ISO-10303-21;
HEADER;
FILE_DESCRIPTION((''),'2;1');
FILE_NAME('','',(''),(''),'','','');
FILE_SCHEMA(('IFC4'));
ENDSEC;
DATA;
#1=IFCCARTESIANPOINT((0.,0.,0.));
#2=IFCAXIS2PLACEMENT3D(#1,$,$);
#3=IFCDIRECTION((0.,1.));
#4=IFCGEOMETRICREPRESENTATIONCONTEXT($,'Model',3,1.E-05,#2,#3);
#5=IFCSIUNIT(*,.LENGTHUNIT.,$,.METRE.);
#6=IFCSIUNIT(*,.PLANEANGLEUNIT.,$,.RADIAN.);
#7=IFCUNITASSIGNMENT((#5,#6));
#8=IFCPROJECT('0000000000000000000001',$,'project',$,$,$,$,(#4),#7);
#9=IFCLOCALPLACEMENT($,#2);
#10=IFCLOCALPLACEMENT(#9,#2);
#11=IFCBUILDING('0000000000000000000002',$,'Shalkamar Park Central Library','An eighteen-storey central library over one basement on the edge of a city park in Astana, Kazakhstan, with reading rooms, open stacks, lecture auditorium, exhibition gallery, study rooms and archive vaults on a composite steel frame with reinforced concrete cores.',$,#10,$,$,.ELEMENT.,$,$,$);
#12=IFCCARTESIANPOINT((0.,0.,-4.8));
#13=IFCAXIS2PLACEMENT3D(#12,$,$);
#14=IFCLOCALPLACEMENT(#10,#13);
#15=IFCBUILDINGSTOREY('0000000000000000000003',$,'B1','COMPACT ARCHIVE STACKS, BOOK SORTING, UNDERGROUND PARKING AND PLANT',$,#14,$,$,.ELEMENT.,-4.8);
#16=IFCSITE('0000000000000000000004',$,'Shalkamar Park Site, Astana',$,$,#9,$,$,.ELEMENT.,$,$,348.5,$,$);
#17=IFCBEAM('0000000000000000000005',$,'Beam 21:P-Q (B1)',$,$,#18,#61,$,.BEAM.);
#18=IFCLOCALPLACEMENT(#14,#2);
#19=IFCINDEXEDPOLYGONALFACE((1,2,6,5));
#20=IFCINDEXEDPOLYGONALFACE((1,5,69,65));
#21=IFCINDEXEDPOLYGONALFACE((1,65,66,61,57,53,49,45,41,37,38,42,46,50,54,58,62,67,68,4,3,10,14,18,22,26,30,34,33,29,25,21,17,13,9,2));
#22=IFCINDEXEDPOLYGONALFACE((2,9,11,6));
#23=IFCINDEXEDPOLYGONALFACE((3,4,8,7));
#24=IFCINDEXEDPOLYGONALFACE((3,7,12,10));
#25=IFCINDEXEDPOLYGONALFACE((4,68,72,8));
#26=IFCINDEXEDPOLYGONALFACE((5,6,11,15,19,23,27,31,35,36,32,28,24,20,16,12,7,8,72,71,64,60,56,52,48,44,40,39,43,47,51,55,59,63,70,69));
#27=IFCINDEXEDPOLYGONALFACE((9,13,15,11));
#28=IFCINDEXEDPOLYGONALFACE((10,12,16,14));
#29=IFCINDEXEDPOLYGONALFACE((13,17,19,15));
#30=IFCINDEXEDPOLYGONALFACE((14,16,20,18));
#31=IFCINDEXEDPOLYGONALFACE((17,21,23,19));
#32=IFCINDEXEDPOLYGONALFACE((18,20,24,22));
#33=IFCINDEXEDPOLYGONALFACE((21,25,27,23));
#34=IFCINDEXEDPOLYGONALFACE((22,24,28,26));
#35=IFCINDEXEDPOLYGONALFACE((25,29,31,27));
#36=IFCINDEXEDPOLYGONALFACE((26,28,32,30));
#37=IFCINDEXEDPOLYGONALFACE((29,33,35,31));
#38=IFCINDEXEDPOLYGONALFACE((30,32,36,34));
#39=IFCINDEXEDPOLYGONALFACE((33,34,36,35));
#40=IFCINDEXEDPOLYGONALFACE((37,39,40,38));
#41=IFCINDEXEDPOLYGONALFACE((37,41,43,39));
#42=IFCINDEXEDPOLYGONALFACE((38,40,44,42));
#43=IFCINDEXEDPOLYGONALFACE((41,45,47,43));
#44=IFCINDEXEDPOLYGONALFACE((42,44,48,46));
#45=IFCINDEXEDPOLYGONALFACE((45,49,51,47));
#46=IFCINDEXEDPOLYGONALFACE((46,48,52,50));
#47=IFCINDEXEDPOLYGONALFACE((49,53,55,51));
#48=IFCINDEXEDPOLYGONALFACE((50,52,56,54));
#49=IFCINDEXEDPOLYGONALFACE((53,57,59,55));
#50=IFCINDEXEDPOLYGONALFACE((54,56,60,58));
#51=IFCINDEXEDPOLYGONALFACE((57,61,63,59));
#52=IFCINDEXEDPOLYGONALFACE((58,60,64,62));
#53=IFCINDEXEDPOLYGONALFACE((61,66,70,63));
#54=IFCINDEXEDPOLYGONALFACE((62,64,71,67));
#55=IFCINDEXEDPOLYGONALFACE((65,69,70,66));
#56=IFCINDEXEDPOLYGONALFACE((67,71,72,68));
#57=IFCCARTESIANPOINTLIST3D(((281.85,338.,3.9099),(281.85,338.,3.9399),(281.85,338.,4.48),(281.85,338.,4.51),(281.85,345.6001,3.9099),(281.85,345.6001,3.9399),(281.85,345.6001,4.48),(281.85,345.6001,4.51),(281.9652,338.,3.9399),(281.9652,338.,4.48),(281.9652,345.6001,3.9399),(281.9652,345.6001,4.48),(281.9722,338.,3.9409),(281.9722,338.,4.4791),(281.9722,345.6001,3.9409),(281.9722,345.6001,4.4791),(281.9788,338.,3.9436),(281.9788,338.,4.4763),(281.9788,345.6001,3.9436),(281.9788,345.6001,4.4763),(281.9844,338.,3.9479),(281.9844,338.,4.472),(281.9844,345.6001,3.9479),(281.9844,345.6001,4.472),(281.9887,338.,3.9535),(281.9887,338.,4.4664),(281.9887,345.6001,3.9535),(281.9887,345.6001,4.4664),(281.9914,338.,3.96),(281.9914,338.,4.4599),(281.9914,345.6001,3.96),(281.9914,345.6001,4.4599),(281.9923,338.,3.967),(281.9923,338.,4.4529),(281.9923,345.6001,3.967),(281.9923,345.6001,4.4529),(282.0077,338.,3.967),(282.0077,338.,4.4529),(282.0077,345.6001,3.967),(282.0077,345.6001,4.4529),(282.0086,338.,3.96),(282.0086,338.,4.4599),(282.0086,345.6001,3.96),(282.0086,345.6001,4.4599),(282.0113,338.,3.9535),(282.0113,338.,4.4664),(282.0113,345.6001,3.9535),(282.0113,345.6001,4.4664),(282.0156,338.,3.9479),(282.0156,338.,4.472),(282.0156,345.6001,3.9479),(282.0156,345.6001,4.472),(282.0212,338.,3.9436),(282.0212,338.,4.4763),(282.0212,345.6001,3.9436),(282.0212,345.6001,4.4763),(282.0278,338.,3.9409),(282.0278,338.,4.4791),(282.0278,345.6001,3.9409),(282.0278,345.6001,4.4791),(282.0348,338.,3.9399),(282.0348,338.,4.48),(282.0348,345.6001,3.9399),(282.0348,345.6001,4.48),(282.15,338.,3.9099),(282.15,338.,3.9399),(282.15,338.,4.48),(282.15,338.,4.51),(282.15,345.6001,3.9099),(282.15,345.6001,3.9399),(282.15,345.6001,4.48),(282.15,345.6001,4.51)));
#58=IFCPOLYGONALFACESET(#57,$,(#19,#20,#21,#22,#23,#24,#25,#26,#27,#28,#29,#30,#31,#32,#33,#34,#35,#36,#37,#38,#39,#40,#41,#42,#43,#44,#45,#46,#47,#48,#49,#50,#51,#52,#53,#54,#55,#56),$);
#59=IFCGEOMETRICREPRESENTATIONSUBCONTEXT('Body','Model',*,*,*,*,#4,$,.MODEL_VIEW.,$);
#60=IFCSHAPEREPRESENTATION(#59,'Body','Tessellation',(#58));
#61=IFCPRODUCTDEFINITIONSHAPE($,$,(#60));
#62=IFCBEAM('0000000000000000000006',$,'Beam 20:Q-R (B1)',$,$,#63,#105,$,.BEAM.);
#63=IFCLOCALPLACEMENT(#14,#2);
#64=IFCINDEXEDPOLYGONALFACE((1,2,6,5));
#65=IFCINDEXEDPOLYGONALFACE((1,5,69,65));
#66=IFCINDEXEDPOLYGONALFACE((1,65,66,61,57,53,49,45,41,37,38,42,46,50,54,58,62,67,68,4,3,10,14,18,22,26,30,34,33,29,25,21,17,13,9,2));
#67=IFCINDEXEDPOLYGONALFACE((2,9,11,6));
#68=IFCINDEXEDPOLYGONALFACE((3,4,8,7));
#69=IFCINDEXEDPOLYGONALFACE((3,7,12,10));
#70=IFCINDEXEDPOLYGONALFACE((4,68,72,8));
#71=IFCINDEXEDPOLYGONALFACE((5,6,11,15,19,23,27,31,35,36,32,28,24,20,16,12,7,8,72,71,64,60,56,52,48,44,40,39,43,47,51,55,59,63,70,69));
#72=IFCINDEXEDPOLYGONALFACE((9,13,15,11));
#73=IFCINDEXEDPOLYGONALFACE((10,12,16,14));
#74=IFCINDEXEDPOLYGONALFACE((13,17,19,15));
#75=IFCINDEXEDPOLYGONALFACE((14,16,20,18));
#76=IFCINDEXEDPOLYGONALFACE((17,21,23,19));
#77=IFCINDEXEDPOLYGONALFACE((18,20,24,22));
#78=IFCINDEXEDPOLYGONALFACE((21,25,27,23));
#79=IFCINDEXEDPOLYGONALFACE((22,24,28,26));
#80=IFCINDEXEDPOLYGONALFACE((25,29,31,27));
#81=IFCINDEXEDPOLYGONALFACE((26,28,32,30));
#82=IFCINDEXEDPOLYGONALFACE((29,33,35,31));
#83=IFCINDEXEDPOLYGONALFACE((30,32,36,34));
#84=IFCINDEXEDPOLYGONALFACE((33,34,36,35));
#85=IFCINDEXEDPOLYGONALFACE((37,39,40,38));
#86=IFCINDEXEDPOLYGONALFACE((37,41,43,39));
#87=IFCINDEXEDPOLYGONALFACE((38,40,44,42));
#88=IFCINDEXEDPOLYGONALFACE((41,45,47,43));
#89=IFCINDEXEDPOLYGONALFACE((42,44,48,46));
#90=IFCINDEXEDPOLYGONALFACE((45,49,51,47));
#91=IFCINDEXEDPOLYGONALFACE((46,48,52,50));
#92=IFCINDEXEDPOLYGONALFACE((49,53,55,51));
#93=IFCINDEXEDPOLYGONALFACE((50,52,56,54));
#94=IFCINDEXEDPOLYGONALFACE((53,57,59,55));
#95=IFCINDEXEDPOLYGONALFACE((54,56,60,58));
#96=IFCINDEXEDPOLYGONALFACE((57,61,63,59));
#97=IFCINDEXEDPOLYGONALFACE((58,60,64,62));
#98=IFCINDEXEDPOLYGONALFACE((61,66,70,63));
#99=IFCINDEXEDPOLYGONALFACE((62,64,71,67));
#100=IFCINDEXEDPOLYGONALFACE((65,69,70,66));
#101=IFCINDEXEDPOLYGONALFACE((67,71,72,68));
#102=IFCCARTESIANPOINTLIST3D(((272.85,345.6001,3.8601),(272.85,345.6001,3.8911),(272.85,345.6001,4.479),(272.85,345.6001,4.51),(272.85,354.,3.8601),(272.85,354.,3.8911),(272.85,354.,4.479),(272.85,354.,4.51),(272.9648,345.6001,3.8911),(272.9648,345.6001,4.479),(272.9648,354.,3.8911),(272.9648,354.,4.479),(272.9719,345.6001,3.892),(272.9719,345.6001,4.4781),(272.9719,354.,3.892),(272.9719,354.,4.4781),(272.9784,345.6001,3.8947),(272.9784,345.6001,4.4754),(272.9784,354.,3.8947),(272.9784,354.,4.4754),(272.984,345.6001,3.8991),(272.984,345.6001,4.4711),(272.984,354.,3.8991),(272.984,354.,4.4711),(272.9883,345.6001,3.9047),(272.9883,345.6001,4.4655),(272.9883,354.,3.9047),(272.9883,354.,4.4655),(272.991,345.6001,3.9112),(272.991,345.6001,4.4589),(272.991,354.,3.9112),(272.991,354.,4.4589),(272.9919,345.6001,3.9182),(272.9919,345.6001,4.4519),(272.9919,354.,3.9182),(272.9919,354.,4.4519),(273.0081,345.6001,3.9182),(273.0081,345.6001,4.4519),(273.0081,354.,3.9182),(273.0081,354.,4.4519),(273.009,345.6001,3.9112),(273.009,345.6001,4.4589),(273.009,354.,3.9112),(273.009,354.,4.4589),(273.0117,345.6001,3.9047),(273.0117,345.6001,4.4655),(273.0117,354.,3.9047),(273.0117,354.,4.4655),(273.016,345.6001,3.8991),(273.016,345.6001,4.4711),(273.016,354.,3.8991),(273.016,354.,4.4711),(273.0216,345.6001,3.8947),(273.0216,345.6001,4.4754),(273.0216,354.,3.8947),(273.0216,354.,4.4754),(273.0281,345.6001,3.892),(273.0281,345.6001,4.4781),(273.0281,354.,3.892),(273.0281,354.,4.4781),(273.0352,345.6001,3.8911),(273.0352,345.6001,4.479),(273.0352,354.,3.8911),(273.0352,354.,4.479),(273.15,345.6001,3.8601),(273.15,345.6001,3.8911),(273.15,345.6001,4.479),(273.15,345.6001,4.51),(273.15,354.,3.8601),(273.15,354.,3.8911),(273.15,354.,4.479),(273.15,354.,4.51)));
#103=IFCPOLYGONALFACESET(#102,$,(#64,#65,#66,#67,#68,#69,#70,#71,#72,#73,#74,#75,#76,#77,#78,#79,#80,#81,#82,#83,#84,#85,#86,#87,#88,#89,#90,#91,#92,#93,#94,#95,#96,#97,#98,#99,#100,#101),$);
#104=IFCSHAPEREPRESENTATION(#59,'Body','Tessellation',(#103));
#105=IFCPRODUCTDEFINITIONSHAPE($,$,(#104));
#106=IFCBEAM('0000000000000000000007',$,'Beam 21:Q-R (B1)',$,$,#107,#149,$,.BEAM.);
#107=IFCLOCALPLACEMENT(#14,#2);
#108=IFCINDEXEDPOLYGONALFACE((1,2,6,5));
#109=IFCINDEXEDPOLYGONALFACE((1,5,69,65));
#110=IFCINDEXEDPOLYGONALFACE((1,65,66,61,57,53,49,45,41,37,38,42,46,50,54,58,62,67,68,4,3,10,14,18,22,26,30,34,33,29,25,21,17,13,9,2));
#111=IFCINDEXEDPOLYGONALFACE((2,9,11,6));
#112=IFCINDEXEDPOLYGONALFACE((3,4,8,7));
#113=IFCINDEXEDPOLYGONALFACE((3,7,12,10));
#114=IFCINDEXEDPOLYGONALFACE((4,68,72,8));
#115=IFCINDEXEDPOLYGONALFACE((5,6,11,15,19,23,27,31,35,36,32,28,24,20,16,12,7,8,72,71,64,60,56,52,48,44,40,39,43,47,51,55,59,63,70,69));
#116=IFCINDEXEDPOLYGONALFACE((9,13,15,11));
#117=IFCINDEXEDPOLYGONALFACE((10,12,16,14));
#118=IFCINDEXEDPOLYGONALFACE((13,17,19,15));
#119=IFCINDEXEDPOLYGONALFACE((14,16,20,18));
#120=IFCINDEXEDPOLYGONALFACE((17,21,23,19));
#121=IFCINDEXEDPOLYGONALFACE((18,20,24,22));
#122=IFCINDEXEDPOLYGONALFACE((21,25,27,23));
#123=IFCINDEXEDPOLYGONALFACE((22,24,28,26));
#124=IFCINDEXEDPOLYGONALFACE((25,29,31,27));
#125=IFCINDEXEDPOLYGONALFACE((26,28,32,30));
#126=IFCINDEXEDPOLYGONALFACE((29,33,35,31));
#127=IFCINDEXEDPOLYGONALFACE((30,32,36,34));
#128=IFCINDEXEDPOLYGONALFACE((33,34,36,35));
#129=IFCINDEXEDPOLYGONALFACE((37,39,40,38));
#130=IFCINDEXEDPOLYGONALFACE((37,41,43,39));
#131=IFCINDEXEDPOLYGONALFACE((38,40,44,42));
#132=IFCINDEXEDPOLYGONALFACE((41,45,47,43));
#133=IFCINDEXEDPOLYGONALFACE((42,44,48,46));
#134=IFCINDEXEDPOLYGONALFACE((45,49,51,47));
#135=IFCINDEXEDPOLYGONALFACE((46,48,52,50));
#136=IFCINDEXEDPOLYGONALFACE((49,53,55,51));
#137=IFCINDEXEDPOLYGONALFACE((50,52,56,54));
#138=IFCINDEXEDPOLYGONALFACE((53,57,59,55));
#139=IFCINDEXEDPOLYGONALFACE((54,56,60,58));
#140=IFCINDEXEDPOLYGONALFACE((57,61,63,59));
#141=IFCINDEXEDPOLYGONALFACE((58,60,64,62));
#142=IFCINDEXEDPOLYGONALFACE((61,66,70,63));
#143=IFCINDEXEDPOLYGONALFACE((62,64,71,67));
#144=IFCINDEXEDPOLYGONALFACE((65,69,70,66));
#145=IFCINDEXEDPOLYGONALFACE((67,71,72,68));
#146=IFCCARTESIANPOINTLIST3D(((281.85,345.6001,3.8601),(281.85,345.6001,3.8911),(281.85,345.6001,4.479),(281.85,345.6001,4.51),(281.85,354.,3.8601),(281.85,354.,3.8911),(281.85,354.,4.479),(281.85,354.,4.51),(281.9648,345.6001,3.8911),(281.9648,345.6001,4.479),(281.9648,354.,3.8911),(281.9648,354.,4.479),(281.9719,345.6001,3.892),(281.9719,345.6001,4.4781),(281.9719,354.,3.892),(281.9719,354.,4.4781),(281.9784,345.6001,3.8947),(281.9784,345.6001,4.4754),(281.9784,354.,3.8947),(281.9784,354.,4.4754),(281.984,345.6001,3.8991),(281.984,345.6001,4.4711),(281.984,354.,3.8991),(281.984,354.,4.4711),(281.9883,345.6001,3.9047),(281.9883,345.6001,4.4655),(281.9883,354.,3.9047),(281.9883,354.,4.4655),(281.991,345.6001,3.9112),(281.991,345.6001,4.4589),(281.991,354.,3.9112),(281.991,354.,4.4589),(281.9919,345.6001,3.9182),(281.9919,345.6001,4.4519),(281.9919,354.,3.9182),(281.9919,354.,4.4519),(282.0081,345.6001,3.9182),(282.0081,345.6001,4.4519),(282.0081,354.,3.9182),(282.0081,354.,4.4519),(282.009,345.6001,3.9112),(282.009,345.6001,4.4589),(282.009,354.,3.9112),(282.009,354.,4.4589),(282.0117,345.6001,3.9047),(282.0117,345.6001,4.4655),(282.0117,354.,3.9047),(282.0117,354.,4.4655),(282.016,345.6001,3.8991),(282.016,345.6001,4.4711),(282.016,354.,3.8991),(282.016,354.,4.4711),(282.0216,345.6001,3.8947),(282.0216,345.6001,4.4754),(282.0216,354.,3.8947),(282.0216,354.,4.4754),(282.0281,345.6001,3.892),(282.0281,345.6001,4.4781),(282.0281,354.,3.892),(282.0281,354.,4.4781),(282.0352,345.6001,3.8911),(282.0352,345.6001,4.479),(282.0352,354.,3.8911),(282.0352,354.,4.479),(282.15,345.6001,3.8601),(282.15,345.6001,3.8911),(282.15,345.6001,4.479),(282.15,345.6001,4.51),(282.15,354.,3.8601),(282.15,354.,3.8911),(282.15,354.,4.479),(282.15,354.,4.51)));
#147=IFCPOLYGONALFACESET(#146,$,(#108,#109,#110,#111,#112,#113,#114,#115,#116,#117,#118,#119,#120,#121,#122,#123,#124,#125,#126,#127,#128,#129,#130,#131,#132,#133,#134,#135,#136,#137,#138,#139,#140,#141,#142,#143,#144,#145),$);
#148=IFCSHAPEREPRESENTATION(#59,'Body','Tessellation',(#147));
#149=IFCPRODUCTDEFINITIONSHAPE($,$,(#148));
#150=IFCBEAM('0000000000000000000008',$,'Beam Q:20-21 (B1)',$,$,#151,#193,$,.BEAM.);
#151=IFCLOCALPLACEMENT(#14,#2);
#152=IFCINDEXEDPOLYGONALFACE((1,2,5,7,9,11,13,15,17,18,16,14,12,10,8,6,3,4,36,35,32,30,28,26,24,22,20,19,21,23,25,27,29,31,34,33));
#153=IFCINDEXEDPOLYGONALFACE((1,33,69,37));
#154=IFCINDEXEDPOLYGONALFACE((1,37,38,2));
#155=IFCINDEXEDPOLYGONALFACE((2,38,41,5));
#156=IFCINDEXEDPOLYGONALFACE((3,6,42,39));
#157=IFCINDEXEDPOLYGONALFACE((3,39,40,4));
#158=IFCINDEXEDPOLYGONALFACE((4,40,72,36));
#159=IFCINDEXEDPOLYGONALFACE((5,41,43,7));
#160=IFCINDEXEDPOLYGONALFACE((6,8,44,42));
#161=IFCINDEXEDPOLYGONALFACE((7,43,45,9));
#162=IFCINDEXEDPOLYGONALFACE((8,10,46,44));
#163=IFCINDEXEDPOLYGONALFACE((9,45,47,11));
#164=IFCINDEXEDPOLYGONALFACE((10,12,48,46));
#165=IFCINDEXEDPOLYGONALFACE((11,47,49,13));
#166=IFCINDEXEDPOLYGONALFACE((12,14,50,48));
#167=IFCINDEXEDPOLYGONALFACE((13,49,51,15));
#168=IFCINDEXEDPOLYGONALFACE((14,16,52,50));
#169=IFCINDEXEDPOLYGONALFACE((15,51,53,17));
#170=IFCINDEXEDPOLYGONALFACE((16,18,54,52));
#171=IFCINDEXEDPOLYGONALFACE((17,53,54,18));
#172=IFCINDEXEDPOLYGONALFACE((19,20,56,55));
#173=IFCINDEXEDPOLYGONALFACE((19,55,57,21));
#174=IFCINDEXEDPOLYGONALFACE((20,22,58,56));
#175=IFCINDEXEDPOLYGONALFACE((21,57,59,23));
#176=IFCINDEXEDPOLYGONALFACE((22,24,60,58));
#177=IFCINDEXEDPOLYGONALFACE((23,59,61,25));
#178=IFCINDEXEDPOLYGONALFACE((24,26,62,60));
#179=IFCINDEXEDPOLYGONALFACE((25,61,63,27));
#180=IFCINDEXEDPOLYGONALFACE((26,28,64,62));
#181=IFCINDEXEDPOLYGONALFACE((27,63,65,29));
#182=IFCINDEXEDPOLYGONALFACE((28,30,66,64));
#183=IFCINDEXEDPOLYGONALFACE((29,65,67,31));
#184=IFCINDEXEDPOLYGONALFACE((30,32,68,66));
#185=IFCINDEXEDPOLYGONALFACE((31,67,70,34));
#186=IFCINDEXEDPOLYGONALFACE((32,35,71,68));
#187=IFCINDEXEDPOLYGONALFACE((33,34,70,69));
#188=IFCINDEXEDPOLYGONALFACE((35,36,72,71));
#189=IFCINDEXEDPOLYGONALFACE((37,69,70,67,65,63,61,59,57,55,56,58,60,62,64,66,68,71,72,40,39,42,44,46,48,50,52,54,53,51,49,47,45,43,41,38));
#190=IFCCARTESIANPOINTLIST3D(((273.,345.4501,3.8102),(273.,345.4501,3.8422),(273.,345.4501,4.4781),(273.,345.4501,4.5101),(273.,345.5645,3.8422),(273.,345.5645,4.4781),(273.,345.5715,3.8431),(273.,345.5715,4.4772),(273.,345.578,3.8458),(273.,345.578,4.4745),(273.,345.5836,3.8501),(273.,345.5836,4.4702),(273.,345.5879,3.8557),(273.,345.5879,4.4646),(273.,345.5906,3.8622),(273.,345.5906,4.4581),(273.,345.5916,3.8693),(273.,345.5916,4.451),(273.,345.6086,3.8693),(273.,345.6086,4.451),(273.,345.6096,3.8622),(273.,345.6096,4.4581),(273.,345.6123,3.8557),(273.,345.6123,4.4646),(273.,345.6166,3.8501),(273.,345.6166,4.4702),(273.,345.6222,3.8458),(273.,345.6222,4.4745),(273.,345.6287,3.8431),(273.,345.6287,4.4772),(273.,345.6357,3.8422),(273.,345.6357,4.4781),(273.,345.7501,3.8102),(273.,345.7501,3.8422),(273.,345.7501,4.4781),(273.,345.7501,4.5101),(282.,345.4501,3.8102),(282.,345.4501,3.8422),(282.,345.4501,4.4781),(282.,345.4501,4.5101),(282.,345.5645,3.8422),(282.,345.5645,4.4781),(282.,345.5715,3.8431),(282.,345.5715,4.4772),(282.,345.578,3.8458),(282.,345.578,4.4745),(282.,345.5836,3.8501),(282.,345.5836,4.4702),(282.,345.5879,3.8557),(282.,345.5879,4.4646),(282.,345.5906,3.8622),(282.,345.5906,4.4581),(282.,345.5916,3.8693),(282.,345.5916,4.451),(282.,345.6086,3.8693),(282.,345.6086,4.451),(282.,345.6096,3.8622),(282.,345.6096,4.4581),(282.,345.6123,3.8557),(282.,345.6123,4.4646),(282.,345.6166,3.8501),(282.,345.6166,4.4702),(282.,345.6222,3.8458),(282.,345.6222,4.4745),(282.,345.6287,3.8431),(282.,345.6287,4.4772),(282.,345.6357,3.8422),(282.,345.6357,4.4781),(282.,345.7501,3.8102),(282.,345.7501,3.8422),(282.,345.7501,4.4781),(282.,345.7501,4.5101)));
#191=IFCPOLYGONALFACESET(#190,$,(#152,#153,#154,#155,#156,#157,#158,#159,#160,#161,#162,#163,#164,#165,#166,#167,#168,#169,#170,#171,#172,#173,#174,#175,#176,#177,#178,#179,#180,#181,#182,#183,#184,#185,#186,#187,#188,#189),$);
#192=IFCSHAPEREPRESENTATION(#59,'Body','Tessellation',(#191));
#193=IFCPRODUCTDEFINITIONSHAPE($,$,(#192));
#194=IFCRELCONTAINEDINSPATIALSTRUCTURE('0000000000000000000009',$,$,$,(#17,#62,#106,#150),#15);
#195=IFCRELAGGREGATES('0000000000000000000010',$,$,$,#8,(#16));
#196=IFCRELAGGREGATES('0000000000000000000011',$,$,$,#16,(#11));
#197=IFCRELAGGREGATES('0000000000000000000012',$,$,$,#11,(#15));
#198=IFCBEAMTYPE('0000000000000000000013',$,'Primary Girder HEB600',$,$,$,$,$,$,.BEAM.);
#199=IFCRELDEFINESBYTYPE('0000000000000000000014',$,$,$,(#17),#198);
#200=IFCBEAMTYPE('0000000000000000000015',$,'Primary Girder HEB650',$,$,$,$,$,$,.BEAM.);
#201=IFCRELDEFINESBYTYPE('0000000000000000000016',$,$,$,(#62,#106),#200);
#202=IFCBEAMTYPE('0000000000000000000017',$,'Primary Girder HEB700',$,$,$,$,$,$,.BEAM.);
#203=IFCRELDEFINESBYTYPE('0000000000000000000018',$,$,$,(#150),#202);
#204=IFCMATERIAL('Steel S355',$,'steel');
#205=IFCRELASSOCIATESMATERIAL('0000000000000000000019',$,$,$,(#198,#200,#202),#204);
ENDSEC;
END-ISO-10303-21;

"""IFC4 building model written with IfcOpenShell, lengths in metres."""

from ifc_helpers import new_model, si_unit, direction, frame, origin, origin_2d, place, context, subcontext, project, spatial, i_section, extrude, material, material_profile, profile_set, type_object, element, save


model = new_model("IFC4")

# Units and contexts
model_context = context("Model", 3, precision=1e-05, world=origin(), true_north=direction((0.0, 1.0)))
body_context = subcontext(model_context, "Body", "Model", "MODEL_VIEW")
ifc_project = project(units=[si_unit("LENGTHUNIT", "METRE"), si_unit("PLANEANGLEUNIT", "RADIAN")], contexts=[model_context])

# Site, building, storey
site_placement = place(None, origin())
site = spatial("IfcSite", under=ifc_project, at=site_placement, Name="Shalkamar Park Site, Astana", CompositionType="ELEMENT", RefElevation=348.5)
building_placement = place(site_placement, origin())
building = spatial("IfcBuilding", under=site, at=building_placement, Name="Shalkamar Park Central Library", Description="An eighteen-storey central library over one basement on the edge of a city park in Astana, Kazakhstan, with reading rooms, open stacks, lecture auditorium, exhibition gallery, study rooms and archive vaults on a composite steel frame with reinforced concrete cores.", CompositionType="ELEMENT")
storey_placement = place(building_placement, frame((0.0, 0.0, -4.8)))
storey = spatial("IfcBuildingStorey", under=building, at=storey_placement, Name="B1", Description="COMPACT ARCHIVE STACKS, BOOK SORTING, UNDERGROUND PARKING AND PLANT", CompositionType="ELEMENT", Elevation=-4.8)

# Shared definitions
ifc_material_1 = material(Name="Steel S355", Category="steel")

# Beams
ifc_material_profile_1 = material_profile(ifc_material_1, i_section(OverallWidth=0.3, OverallDepth=0.6001, WebThickness=0.0154, FlangeThickness=0.03, FilletRadius=0.0271, at=origin_2d()), Name="HEB 600")
ifc_profile_set_1 = profile_set([ifc_material_profile_1], Name="Steel S355")
beam_type_1 = type_object("IfcBeamType", Name="Primary Girder HEB600", PredefinedType="BEAM", material=ifc_profile_set_1)
beam_1_placement = place(storey_placement, frame((282.0, 338.0, 4.21), z_axis=(0.0, 1.0, 0.0), x_axis=(-1.0, 0.0, 0.0)))
element("IfcBeam", 1, at=beam_1_placement, inside=storey, type_object=beam_type_1, Name="Beam 21:P-Q (B1)", PredefinedType="BEAM", context=body_context, shape_type="SweptSolid", body=[
    extrude(i_section(OverallWidth=0.3, OverallDepth=0.6001, WebThickness=0.0154, FlangeThickness=0.03, FilletRadius=0.0271, at=origin_2d()), origin(), (0.0, 0.0, 1.0), 7.6001),
])
ifc_material_profile_2 = material_profile(ifc_material_1, i_section(OverallWidth=0.3, OverallDepth=0.6499, WebThickness=0.0161, FlangeThickness=0.031, FilletRadius=0.0271, at=origin_2d()), Name="HEB 650")
ifc_profile_set_2 = profile_set([ifc_material_profile_2], Name="Steel S355")
beam_type_2 = type_object("IfcBeamType", Name="Primary Girder HEB650", PredefinedType="BEAM", material=ifc_profile_set_2)
for number, where, z_axis, x_axis, name in (
    (2, (273.0, 345.6001, 4.1851), (0.0, 1.0, 0.0), (-1.0, 0.0, 0.0), "Beam 20:Q-R (B1)"),
    (3, (282.0, 345.6001, 4.1851), (0.0, 1.0, 0.0), (-1.0, 0.0, 0.0), "Beam 21:Q-R (B1)"),
):
    element("IfcBeam", number, at=place(storey_placement, frame(where, z_axis=z_axis, x_axis=x_axis)), inside=storey, type_object=beam_type_2, Name=name, PredefinedType="BEAM", context=body_context, shape_type="SweptSolid", body=[
        extrude(i_section(OverallWidth=0.3, OverallDepth=0.6499, WebThickness=0.0161, FlangeThickness=0.031, FilletRadius=0.0271, at=origin_2d()), origin(), (0.0, 0.0, 1.0), 8.3999),
    ])
ifc_material_profile_3 = material_profile(ifc_material_1, i_section(OverallWidth=0.3, OverallDepth=0.7, WebThickness=0.0171, FlangeThickness=0.032, FilletRadius=0.0271, at=origin_2d()), Name="HEB 700")
ifc_profile_set_3 = profile_set([ifc_material_profile_3], Name="Steel S355")
beam_type_3 = type_object("IfcBeamType", Name="Primary Girder HEB700", PredefinedType="BEAM", material=ifc_profile_set_3)
for number, where, z_axis, x_axis, name in (
    (4, (273.0, 345.6001, 4.1602), (1.0, 0.0, 0.0), (0.0, 1.0, 0.0), "Beam Q:20-21 (B1)"),
):
    element("IfcBeam", number, at=place(storey_placement, frame(where, z_axis=z_axis, x_axis=x_axis)), inside=storey, type_object=beam_type_3, Name=name, PredefinedType="BEAM", context=body_context, shape_type="SweptSolid", body=[
        extrude(i_section(OverallWidth=0.3, OverallDepth=0.7, WebThickness=0.0171, FlangeThickness=0.032, FilletRadius=0.0271, at=origin_2d()), origin(), (0.0, 0.0, 1.0), 9.0),
    ])

save(model, "model.ifc")
